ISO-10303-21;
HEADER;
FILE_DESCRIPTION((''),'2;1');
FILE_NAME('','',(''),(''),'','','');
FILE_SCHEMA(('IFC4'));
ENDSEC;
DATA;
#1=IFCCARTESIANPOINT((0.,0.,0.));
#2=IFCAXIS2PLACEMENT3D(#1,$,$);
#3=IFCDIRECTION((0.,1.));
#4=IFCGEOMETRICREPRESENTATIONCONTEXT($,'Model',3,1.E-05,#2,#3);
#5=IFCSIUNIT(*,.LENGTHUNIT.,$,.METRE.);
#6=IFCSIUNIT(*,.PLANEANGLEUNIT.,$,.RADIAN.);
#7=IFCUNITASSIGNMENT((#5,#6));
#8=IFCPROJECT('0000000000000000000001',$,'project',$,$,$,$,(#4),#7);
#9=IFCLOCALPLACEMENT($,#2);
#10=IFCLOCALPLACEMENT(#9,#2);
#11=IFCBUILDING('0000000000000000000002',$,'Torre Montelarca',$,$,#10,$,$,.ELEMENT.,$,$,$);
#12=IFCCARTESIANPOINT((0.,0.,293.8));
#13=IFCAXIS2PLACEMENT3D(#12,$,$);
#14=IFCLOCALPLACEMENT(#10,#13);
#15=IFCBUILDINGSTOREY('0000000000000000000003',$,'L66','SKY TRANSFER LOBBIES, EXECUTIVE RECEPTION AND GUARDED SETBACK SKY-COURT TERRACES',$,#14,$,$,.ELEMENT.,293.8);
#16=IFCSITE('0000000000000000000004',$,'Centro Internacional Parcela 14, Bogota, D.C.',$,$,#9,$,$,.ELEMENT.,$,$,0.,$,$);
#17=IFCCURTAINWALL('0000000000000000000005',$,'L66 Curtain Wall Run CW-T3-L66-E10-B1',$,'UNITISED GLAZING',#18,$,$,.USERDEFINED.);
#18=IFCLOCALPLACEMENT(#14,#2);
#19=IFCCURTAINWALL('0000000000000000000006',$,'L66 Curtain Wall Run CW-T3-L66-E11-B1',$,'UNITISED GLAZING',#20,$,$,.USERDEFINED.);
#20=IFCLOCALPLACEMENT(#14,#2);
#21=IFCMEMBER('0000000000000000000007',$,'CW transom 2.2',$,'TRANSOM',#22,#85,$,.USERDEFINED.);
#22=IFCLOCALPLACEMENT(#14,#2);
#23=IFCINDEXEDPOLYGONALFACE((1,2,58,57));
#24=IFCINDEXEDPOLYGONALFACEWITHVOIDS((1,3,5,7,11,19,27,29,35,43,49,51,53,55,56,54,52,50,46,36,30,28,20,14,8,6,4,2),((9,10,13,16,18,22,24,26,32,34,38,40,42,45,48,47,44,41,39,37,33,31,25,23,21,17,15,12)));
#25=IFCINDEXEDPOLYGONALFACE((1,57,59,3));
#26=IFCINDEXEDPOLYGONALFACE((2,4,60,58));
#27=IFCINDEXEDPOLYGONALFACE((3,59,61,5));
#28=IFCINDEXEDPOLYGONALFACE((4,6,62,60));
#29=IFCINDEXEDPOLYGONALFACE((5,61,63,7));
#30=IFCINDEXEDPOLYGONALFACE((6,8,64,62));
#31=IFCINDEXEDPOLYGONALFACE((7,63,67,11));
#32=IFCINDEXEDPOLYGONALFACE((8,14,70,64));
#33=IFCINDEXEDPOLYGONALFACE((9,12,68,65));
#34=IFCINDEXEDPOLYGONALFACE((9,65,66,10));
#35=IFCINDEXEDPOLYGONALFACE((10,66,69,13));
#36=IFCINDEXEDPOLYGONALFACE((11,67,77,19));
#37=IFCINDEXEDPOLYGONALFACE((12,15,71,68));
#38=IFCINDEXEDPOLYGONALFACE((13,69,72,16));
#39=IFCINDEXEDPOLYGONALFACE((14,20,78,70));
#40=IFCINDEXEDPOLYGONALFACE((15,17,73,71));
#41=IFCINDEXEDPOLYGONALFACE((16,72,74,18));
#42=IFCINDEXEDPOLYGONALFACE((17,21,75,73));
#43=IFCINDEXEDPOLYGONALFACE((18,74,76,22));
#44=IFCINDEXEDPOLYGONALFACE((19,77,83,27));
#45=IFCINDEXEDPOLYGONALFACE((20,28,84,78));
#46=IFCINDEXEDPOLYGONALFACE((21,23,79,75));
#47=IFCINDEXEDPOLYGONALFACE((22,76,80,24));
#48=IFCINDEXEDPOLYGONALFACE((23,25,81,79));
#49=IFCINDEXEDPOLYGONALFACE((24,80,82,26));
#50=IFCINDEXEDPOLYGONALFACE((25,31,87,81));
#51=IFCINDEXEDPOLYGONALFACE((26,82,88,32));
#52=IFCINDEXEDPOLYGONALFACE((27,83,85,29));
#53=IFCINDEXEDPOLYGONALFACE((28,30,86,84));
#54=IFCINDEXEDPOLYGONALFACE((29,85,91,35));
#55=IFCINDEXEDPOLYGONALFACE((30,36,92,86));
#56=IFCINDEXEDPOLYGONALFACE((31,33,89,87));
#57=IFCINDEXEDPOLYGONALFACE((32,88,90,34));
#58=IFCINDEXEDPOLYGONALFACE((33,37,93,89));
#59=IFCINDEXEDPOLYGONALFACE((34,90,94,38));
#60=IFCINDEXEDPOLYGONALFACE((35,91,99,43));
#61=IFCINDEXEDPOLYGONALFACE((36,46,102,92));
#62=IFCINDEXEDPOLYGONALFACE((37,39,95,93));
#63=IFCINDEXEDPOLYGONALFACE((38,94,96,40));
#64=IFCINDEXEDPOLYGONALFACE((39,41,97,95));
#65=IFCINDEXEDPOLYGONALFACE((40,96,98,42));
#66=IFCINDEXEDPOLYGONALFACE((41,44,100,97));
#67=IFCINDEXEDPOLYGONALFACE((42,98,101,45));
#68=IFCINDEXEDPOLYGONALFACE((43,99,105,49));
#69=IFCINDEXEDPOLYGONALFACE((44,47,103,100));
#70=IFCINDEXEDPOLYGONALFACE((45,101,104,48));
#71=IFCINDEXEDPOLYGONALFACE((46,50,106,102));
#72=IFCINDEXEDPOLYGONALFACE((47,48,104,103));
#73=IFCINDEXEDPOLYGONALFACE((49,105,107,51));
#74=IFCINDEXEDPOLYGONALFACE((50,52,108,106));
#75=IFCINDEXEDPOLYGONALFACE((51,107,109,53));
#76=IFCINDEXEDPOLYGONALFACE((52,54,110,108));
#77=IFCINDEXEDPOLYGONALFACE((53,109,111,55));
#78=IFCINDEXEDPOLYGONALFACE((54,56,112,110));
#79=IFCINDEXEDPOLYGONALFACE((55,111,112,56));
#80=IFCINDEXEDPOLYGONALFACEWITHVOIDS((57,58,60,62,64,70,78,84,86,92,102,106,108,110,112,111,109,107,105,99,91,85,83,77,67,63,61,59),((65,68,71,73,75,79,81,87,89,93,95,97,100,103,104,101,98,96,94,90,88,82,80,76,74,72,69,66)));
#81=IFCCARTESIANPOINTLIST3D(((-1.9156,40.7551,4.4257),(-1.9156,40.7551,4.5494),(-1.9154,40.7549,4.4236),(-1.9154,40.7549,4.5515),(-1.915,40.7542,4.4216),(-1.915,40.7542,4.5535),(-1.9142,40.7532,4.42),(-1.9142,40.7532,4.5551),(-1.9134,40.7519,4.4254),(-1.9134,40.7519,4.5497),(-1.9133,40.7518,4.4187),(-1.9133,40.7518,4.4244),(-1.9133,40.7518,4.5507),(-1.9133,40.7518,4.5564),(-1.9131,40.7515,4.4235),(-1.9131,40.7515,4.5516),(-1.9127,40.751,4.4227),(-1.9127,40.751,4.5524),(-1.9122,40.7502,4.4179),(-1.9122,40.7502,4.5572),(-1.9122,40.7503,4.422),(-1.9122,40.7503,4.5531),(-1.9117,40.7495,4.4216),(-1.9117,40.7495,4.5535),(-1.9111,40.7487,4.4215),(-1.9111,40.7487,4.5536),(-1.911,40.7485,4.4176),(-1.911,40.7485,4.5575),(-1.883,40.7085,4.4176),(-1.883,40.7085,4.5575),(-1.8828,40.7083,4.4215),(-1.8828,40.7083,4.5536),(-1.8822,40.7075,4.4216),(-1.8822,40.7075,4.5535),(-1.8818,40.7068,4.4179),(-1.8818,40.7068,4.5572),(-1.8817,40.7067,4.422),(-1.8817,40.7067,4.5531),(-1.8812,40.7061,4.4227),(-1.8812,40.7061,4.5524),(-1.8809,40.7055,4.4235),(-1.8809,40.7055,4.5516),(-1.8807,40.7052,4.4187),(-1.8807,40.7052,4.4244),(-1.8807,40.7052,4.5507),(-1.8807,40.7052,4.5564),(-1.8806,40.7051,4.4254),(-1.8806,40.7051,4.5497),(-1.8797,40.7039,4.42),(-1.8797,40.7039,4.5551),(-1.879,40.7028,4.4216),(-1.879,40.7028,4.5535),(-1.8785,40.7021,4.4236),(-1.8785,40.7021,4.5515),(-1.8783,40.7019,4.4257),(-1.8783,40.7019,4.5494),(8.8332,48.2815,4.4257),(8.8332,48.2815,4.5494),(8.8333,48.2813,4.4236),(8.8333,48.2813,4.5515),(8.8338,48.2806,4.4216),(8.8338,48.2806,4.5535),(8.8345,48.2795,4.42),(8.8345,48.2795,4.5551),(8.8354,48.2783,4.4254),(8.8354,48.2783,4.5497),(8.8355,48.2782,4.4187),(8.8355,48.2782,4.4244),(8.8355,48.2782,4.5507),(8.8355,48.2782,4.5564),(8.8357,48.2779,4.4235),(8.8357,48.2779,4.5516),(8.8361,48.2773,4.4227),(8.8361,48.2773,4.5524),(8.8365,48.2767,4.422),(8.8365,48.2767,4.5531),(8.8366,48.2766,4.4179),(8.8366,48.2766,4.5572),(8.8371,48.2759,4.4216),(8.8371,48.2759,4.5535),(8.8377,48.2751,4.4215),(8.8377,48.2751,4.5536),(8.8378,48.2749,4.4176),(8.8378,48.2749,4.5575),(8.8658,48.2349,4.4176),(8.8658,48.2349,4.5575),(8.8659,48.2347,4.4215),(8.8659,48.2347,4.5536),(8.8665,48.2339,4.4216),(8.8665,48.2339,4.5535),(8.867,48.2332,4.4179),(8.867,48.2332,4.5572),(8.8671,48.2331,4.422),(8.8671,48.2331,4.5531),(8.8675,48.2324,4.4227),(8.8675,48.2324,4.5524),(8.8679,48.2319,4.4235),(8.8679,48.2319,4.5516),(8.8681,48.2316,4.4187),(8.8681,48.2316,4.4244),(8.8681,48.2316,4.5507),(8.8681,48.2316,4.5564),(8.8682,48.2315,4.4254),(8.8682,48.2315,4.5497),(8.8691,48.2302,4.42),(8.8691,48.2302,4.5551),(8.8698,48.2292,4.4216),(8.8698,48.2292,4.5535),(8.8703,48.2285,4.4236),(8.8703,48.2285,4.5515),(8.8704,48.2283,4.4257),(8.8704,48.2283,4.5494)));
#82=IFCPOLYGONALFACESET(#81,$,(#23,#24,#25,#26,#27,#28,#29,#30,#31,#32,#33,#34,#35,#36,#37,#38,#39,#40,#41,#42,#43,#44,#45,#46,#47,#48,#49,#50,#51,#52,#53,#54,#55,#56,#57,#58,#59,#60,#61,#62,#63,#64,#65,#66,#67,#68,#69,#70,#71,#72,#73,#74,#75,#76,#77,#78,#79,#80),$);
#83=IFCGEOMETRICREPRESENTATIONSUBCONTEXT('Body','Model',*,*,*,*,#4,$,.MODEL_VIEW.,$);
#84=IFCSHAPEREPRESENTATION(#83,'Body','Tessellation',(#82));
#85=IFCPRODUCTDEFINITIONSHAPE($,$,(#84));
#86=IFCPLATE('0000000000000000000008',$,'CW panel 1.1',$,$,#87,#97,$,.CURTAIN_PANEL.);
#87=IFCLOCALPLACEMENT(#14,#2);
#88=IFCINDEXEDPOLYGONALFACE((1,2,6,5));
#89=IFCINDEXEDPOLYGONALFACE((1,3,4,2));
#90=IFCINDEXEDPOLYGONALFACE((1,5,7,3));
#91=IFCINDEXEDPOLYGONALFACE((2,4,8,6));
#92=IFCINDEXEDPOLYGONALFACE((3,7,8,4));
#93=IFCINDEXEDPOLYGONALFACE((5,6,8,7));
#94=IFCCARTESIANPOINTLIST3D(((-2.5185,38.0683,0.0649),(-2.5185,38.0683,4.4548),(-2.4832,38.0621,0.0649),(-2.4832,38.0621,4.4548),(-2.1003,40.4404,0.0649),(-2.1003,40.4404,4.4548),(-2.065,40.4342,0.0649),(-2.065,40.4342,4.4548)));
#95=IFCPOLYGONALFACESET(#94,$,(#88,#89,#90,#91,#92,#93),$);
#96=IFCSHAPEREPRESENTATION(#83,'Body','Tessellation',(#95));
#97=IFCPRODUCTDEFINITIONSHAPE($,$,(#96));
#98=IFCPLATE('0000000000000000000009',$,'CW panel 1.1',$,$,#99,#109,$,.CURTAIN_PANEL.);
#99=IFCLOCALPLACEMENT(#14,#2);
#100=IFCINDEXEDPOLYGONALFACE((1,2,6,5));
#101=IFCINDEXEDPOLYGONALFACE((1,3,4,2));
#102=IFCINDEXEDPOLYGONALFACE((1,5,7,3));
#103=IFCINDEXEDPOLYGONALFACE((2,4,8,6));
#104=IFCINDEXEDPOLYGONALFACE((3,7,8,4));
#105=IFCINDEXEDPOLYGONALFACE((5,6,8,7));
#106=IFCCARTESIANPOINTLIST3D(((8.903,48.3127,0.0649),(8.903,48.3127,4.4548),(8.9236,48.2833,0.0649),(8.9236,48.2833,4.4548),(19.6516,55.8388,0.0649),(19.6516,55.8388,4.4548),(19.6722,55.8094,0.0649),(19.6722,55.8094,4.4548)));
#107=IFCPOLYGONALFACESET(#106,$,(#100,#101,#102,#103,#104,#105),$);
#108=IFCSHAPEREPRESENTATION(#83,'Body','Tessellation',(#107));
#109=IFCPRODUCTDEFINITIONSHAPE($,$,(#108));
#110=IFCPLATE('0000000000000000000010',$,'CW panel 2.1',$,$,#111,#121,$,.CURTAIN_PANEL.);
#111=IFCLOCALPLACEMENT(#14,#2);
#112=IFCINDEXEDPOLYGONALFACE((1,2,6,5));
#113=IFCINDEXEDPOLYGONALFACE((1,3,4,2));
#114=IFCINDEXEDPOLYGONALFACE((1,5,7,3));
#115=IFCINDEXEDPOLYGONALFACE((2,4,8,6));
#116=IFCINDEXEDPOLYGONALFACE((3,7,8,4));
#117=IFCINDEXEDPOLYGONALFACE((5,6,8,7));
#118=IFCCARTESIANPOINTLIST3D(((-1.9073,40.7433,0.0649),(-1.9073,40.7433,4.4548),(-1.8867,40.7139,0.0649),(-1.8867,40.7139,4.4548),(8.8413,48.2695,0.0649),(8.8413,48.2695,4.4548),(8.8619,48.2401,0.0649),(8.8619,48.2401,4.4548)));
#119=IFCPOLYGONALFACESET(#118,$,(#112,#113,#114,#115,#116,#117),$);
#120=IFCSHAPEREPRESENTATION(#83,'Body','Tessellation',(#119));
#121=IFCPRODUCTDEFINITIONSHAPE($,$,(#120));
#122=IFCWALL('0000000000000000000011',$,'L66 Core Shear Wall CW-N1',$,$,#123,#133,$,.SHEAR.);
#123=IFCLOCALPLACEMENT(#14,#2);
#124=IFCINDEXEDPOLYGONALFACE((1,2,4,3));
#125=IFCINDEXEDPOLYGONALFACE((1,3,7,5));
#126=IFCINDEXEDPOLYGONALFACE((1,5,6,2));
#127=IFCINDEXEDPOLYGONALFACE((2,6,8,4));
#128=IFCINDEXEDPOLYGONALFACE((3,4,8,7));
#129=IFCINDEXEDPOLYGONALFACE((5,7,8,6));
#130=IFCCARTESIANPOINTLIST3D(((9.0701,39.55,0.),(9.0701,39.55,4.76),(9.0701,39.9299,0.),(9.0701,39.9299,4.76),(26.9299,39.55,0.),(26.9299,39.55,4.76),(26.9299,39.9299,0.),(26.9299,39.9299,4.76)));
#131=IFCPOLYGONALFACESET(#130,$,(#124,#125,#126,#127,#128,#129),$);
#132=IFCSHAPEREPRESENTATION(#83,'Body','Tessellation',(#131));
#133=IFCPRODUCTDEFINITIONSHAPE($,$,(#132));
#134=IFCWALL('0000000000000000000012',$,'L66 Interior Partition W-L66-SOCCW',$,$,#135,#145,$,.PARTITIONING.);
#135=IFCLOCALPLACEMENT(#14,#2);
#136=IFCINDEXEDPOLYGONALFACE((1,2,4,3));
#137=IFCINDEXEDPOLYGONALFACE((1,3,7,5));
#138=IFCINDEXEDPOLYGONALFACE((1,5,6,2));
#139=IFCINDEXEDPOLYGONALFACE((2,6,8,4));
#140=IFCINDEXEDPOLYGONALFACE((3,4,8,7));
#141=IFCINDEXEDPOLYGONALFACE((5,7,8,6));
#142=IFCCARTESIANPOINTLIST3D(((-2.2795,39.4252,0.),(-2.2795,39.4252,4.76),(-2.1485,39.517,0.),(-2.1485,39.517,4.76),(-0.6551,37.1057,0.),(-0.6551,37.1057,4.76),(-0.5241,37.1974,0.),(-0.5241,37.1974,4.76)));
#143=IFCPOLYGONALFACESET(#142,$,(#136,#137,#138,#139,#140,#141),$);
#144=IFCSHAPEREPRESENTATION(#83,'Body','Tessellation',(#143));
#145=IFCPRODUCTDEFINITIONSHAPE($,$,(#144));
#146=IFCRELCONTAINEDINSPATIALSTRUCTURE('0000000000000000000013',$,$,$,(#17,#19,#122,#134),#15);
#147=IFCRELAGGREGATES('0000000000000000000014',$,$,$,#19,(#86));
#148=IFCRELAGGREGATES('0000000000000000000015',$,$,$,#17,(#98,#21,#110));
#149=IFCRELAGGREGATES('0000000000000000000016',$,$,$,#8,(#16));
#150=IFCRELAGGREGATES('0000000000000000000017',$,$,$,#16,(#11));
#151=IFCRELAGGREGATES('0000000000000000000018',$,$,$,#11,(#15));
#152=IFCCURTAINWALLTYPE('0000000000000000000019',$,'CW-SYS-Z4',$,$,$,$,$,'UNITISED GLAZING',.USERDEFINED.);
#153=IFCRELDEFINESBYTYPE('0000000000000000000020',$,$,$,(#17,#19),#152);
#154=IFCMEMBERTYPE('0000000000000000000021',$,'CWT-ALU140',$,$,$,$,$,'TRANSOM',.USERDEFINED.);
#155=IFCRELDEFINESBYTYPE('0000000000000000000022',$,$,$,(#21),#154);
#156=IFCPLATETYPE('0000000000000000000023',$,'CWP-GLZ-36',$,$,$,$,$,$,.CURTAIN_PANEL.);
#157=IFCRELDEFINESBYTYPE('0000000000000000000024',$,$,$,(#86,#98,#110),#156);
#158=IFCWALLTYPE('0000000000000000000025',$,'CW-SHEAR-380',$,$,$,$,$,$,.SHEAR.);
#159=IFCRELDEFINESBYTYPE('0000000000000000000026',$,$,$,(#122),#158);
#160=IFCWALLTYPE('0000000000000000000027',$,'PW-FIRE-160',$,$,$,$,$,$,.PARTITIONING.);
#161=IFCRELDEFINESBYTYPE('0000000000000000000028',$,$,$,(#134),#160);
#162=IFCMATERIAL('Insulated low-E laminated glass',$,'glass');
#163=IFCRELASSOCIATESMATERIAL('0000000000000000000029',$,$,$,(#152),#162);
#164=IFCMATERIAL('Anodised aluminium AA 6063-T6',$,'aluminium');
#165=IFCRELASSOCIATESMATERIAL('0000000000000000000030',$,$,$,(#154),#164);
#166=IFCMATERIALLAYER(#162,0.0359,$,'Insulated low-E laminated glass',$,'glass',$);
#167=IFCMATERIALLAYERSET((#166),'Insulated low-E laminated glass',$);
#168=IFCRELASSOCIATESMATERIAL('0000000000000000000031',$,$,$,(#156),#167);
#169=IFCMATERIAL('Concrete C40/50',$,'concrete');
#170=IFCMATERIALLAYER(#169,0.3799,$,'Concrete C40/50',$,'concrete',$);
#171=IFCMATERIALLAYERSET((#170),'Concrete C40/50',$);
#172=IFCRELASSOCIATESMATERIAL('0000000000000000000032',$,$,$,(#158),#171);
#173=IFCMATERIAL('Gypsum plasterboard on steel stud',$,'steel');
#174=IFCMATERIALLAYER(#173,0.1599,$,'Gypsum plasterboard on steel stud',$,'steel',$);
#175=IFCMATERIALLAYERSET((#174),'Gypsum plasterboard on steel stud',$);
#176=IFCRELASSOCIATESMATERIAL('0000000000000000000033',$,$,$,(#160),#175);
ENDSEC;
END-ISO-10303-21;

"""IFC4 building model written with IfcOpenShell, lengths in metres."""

from ifc_helpers import new_model, si_unit, direction, frame, frame_2d, origin, origin_2d, place, context, subcontext, project, spatial, rectangle, hollow_rectangle, extrude, source, transform, mapped, material, layer, layer_set, material_profile, profile_set, type_object, element, aggregate, save


model = new_model("IFC4")

# Units and contexts
model_context = context("Model", 3, precision=1e-05, world=origin(), true_north=direction((0.0, 1.0)))
body_context = subcontext(model_context, "Body", "Model", "MODEL_VIEW")
ifc_project = project(units=[si_unit("LENGTHUNIT", "METRE"), si_unit("PLANEANGLEUNIT", "RADIAN")], contexts=[model_context])

# Site, building, storey
site_placement = place(None, origin())
site = spatial("IfcSite", under=ifc_project, at=site_placement, Name="Centro Internacional Parcela 14, Bogota, D.C.", CompositionType="ELEMENT", RefElevation=0.0)
building_placement = place(site_placement, origin())
building = spatial("IfcBuilding", under=site, at=building_placement, Name="Torre Montelarca", CompositionType="ELEMENT")
storey_placement = place(building_placement, frame((0.0, 0.0, 293.8)))
storey = spatial("IfcBuildingStorey", under=building, at=storey_placement, Name="L66", Description="SKY TRANSFER LOBBIES, EXECUTIVE RECEPTION AND GUARDED SETBACK SKY-COURT TERRACES", CompositionType="ELEMENT", Elevation=293.8)

# Shared definitions
ifc_material_1 = material(Name="Concrete C40/50", Category="concrete")

# Curtain walls
ifc_material_2 = material(Name="Insulated low-E laminated glass", Category="glass")
curtain_wall_type = type_object("IfcCurtainWallType", Name="CW-SYS-Z4", ElementType="UNITISED GLAZING", PredefinedType="USERDEFINED", material=ifc_material_2)
curtain_wall_1_placement = place(storey_placement, origin())
curtain_wall_1 = element("IfcCurtainWall", 1, at=curtain_wall_1_placement, inside=storey, type_object=curtain_wall_type, Name="L66 Curtain Wall Run CW-T3-L66-E10-B1", ObjectType="UNITISED GLAZING", PredefinedType="USERDEFINED")
ifc_material_3 = material(Name="Anodised aluminium AA 6063-T6", Category="aluminium")
curtain_wall_2_placement = place(storey_placement, origin())
curtain_wall_2 = element("IfcCurtainWall", 2, at=curtain_wall_2_placement, inside=storey, type_object=curtain_wall_type, Name="L66 Curtain Wall Run CW-T3-L66-E11-B1", ObjectType="UNITISED GLAZING", PredefinedType="USERDEFINED")
ifc_material_profile_1 = material_profile(ifc_material_3, hollow_rectangle(XDim=0.0649, YDim=0.1399, WallThickness=0.0039, InnerFilletRadius=0.0039, OuterFilletRadius=0.0081, at=origin_2d()), Name="ALU65X140X4", Category="aluminium")
ifc_profile_set_1 = profile_set([ifc_material_profile_1], Name="Anodised aluminium AA 6063-T6")
member_type_1 = type_object("IfcMemberType", Name="CWT-ALU140", ElementType="TRANSOM", PredefinedType="USERDEFINED", material=ifc_profile_set_1)

# Member
shared_shape_1 = source(origin(), body_context, "Body", "SweptSolid", [
    extrude(hollow_rectangle(XDim=0.0649, YDim=0.1399, WallThickness=0.0039, InnerFilletRadius=0.0039, OuterFilletRadius=0.0081, at=origin_2d()), origin(), (0.0, 0.0, 1.0), 13.1218),
])
member_1_placement = place(storey_placement, frame((8.8518, 48.2549, 4.4875), z_axis=(-0.819152, -0.573576, 0.0), x_axis=(0.573576, -0.819152, 0.0)))
member_1 = element("IfcMember", 3, at=member_1_placement, type_object=member_type_1, Name="CW transom 2.2", ObjectType="TRANSOM", PredefinedType="USERDEFINED", context=body_context, shape_type="MappedRepresentation", body=[
    mapped(shared_shape_1, transform((0.0, 0.0, 0.0), scale=1.0)),
])

# Plates
ifc_layer_1 = layer(ifc_material_2, 0.0359, Name="Insulated low-E laminated glass", Category="glass")
ifc_layer_set_1 = layer_set([ifc_layer_1], Name="Insulated low-E laminated glass")
plate_type = type_object("IfcPlateType", Name="CWP-GLZ-36", PredefinedType="CURTAIN_PANEL", material=ifc_layer_set_1)
shared_shape_2 = source(origin(), body_context, "Body", "SweptSolid", [
    extrude(rectangle(XDim=2.4087, YDim=0.0359, at=origin_2d()), origin(), (0.0, 0.0, 1.0), 4.3899),
])
plate_1_placement = place(storey_placement, frame((-2.2917, 39.2512, 0.0649), z_axis=(0.0, 0.0, 1.0), x_axis=(-0.173635, -0.98481, 0.0)))
plate_1 = element("IfcPlate", 4, at=plate_1_placement, type_object=plate_type, Name="CW panel 1.1", PredefinedType="CURTAIN_PANEL", context=body_context, shape_type="MappedRepresentation", body=[
    mapped(shared_shape_2, transform((0.0, 0.0, 0.0), scale=1.0)),
])
aggregate(curtain_wall_2, [plate_1])
shared_shape_3 = source(origin(), body_context, "Body", "SweptSolid", [
    extrude(rectangle(XDim=13.1216, YDim=0.0359, at=origin_2d()), origin(), (0.0, 0.0, 1.0), 4.3899),
])
plate_2_placement = place(storey_placement, frame((14.2876, 52.061, 0.0649), z_axis=(0.0, 0.0, 1.0), x_axis=(-0.819155, -0.573572, 0.0)))
plate_2 = element("IfcPlate", 5, at=plate_2_placement, type_object=plate_type, Name="CW panel 1.1", PredefinedType="CURTAIN_PANEL", context=body_context, shape_type="MappedRepresentation", body=[
    mapped(shared_shape_3, transform((0.0, 0.0, 0.0), scale=1.0)),
])
plate_3_placement = place(storey_placement, frame((3.4773, 44.4917, 0.0649), z_axis=(0.0, 0.0, 1.0), x_axis=(-0.819155, -0.573572, 0.0)))
plate_3 = element("IfcPlate", 6, at=plate_3_placement, type_object=plate_type, Name="CW panel 2.1", PredefinedType="CURTAIN_PANEL", context=body_context, shape_type="MappedRepresentation", body=[
    mapped(shared_shape_3, transform((0.0, 0.0, 0.0), scale=1.0)),
])
aggregate(curtain_wall_1, [plate_2, member_1, plate_3])

# Walls
ifc_layer_2 = layer(ifc_material_1, 0.3799, Name="Concrete C40/50", Category="concrete")
ifc_layer_set_2 = layer_set([ifc_layer_2], Name="Concrete C40/50")
wall_type_1 = type_object("IfcWallType", Name="CW-SHEAR-380", PredefinedType="SHEAR", material=ifc_layer_set_2)
wall_1_placement = place(storey_placement, frame((9.0701, 39.74, 0.0), z_axis=(0.0, 0.0, 1.0), x_axis=(1.0, 0.0, 0.0)))
element("IfcWall", 7, at=wall_1_placement, inside=storey, type_object=wall_type_1, Name="L66 Core Shear Wall CW-N1", PredefinedType="SHEAR", context=body_context, shape_type="SweptSolid", body=[
    extrude(rectangle(XDim=17.8599, YDim=0.3799, at=frame_2d((8.9299, 0.0))), origin(), (0.0, 0.0, 1.0), 4.76),
])
ifc_material_4 = material(Name="Gypsum plasterboard on steel stud", Category="steel")
ifc_layer_3 = layer(ifc_material_4, 0.1599, Name="Gypsum plasterboard on steel stud", Category="steel")
ifc_layer_set_3 = layer_set([ifc_layer_3], Name="Gypsum plasterboard on steel stud")
wall_type_2 = type_object("IfcWallType", Name="PW-FIRE-160", PredefinedType="PARTITIONING", material=ifc_layer_set_3)
wall_2_placement = place(storey_placement, frame((-2.2141, 39.4712, 0.0), z_axis=(0.0, 0.0, 1.0), x_axis=(0.573653, -0.819098, 0.0)))
element("IfcWall", 8, at=wall_2_placement, inside=storey, type_object=wall_type_2, Name="L66 Interior Partition W-L66-SOCCW", PredefinedType="PARTITIONING", context=body_context, shape_type="SweptSolid", body=[
    extrude(rectangle(XDim=2.8318, YDim=0.1599, at=frame_2d((1.416, 0.0))), origin(), (0.0, 0.0, 1.0), 4.76),
])

save(model, "model.ifc")
